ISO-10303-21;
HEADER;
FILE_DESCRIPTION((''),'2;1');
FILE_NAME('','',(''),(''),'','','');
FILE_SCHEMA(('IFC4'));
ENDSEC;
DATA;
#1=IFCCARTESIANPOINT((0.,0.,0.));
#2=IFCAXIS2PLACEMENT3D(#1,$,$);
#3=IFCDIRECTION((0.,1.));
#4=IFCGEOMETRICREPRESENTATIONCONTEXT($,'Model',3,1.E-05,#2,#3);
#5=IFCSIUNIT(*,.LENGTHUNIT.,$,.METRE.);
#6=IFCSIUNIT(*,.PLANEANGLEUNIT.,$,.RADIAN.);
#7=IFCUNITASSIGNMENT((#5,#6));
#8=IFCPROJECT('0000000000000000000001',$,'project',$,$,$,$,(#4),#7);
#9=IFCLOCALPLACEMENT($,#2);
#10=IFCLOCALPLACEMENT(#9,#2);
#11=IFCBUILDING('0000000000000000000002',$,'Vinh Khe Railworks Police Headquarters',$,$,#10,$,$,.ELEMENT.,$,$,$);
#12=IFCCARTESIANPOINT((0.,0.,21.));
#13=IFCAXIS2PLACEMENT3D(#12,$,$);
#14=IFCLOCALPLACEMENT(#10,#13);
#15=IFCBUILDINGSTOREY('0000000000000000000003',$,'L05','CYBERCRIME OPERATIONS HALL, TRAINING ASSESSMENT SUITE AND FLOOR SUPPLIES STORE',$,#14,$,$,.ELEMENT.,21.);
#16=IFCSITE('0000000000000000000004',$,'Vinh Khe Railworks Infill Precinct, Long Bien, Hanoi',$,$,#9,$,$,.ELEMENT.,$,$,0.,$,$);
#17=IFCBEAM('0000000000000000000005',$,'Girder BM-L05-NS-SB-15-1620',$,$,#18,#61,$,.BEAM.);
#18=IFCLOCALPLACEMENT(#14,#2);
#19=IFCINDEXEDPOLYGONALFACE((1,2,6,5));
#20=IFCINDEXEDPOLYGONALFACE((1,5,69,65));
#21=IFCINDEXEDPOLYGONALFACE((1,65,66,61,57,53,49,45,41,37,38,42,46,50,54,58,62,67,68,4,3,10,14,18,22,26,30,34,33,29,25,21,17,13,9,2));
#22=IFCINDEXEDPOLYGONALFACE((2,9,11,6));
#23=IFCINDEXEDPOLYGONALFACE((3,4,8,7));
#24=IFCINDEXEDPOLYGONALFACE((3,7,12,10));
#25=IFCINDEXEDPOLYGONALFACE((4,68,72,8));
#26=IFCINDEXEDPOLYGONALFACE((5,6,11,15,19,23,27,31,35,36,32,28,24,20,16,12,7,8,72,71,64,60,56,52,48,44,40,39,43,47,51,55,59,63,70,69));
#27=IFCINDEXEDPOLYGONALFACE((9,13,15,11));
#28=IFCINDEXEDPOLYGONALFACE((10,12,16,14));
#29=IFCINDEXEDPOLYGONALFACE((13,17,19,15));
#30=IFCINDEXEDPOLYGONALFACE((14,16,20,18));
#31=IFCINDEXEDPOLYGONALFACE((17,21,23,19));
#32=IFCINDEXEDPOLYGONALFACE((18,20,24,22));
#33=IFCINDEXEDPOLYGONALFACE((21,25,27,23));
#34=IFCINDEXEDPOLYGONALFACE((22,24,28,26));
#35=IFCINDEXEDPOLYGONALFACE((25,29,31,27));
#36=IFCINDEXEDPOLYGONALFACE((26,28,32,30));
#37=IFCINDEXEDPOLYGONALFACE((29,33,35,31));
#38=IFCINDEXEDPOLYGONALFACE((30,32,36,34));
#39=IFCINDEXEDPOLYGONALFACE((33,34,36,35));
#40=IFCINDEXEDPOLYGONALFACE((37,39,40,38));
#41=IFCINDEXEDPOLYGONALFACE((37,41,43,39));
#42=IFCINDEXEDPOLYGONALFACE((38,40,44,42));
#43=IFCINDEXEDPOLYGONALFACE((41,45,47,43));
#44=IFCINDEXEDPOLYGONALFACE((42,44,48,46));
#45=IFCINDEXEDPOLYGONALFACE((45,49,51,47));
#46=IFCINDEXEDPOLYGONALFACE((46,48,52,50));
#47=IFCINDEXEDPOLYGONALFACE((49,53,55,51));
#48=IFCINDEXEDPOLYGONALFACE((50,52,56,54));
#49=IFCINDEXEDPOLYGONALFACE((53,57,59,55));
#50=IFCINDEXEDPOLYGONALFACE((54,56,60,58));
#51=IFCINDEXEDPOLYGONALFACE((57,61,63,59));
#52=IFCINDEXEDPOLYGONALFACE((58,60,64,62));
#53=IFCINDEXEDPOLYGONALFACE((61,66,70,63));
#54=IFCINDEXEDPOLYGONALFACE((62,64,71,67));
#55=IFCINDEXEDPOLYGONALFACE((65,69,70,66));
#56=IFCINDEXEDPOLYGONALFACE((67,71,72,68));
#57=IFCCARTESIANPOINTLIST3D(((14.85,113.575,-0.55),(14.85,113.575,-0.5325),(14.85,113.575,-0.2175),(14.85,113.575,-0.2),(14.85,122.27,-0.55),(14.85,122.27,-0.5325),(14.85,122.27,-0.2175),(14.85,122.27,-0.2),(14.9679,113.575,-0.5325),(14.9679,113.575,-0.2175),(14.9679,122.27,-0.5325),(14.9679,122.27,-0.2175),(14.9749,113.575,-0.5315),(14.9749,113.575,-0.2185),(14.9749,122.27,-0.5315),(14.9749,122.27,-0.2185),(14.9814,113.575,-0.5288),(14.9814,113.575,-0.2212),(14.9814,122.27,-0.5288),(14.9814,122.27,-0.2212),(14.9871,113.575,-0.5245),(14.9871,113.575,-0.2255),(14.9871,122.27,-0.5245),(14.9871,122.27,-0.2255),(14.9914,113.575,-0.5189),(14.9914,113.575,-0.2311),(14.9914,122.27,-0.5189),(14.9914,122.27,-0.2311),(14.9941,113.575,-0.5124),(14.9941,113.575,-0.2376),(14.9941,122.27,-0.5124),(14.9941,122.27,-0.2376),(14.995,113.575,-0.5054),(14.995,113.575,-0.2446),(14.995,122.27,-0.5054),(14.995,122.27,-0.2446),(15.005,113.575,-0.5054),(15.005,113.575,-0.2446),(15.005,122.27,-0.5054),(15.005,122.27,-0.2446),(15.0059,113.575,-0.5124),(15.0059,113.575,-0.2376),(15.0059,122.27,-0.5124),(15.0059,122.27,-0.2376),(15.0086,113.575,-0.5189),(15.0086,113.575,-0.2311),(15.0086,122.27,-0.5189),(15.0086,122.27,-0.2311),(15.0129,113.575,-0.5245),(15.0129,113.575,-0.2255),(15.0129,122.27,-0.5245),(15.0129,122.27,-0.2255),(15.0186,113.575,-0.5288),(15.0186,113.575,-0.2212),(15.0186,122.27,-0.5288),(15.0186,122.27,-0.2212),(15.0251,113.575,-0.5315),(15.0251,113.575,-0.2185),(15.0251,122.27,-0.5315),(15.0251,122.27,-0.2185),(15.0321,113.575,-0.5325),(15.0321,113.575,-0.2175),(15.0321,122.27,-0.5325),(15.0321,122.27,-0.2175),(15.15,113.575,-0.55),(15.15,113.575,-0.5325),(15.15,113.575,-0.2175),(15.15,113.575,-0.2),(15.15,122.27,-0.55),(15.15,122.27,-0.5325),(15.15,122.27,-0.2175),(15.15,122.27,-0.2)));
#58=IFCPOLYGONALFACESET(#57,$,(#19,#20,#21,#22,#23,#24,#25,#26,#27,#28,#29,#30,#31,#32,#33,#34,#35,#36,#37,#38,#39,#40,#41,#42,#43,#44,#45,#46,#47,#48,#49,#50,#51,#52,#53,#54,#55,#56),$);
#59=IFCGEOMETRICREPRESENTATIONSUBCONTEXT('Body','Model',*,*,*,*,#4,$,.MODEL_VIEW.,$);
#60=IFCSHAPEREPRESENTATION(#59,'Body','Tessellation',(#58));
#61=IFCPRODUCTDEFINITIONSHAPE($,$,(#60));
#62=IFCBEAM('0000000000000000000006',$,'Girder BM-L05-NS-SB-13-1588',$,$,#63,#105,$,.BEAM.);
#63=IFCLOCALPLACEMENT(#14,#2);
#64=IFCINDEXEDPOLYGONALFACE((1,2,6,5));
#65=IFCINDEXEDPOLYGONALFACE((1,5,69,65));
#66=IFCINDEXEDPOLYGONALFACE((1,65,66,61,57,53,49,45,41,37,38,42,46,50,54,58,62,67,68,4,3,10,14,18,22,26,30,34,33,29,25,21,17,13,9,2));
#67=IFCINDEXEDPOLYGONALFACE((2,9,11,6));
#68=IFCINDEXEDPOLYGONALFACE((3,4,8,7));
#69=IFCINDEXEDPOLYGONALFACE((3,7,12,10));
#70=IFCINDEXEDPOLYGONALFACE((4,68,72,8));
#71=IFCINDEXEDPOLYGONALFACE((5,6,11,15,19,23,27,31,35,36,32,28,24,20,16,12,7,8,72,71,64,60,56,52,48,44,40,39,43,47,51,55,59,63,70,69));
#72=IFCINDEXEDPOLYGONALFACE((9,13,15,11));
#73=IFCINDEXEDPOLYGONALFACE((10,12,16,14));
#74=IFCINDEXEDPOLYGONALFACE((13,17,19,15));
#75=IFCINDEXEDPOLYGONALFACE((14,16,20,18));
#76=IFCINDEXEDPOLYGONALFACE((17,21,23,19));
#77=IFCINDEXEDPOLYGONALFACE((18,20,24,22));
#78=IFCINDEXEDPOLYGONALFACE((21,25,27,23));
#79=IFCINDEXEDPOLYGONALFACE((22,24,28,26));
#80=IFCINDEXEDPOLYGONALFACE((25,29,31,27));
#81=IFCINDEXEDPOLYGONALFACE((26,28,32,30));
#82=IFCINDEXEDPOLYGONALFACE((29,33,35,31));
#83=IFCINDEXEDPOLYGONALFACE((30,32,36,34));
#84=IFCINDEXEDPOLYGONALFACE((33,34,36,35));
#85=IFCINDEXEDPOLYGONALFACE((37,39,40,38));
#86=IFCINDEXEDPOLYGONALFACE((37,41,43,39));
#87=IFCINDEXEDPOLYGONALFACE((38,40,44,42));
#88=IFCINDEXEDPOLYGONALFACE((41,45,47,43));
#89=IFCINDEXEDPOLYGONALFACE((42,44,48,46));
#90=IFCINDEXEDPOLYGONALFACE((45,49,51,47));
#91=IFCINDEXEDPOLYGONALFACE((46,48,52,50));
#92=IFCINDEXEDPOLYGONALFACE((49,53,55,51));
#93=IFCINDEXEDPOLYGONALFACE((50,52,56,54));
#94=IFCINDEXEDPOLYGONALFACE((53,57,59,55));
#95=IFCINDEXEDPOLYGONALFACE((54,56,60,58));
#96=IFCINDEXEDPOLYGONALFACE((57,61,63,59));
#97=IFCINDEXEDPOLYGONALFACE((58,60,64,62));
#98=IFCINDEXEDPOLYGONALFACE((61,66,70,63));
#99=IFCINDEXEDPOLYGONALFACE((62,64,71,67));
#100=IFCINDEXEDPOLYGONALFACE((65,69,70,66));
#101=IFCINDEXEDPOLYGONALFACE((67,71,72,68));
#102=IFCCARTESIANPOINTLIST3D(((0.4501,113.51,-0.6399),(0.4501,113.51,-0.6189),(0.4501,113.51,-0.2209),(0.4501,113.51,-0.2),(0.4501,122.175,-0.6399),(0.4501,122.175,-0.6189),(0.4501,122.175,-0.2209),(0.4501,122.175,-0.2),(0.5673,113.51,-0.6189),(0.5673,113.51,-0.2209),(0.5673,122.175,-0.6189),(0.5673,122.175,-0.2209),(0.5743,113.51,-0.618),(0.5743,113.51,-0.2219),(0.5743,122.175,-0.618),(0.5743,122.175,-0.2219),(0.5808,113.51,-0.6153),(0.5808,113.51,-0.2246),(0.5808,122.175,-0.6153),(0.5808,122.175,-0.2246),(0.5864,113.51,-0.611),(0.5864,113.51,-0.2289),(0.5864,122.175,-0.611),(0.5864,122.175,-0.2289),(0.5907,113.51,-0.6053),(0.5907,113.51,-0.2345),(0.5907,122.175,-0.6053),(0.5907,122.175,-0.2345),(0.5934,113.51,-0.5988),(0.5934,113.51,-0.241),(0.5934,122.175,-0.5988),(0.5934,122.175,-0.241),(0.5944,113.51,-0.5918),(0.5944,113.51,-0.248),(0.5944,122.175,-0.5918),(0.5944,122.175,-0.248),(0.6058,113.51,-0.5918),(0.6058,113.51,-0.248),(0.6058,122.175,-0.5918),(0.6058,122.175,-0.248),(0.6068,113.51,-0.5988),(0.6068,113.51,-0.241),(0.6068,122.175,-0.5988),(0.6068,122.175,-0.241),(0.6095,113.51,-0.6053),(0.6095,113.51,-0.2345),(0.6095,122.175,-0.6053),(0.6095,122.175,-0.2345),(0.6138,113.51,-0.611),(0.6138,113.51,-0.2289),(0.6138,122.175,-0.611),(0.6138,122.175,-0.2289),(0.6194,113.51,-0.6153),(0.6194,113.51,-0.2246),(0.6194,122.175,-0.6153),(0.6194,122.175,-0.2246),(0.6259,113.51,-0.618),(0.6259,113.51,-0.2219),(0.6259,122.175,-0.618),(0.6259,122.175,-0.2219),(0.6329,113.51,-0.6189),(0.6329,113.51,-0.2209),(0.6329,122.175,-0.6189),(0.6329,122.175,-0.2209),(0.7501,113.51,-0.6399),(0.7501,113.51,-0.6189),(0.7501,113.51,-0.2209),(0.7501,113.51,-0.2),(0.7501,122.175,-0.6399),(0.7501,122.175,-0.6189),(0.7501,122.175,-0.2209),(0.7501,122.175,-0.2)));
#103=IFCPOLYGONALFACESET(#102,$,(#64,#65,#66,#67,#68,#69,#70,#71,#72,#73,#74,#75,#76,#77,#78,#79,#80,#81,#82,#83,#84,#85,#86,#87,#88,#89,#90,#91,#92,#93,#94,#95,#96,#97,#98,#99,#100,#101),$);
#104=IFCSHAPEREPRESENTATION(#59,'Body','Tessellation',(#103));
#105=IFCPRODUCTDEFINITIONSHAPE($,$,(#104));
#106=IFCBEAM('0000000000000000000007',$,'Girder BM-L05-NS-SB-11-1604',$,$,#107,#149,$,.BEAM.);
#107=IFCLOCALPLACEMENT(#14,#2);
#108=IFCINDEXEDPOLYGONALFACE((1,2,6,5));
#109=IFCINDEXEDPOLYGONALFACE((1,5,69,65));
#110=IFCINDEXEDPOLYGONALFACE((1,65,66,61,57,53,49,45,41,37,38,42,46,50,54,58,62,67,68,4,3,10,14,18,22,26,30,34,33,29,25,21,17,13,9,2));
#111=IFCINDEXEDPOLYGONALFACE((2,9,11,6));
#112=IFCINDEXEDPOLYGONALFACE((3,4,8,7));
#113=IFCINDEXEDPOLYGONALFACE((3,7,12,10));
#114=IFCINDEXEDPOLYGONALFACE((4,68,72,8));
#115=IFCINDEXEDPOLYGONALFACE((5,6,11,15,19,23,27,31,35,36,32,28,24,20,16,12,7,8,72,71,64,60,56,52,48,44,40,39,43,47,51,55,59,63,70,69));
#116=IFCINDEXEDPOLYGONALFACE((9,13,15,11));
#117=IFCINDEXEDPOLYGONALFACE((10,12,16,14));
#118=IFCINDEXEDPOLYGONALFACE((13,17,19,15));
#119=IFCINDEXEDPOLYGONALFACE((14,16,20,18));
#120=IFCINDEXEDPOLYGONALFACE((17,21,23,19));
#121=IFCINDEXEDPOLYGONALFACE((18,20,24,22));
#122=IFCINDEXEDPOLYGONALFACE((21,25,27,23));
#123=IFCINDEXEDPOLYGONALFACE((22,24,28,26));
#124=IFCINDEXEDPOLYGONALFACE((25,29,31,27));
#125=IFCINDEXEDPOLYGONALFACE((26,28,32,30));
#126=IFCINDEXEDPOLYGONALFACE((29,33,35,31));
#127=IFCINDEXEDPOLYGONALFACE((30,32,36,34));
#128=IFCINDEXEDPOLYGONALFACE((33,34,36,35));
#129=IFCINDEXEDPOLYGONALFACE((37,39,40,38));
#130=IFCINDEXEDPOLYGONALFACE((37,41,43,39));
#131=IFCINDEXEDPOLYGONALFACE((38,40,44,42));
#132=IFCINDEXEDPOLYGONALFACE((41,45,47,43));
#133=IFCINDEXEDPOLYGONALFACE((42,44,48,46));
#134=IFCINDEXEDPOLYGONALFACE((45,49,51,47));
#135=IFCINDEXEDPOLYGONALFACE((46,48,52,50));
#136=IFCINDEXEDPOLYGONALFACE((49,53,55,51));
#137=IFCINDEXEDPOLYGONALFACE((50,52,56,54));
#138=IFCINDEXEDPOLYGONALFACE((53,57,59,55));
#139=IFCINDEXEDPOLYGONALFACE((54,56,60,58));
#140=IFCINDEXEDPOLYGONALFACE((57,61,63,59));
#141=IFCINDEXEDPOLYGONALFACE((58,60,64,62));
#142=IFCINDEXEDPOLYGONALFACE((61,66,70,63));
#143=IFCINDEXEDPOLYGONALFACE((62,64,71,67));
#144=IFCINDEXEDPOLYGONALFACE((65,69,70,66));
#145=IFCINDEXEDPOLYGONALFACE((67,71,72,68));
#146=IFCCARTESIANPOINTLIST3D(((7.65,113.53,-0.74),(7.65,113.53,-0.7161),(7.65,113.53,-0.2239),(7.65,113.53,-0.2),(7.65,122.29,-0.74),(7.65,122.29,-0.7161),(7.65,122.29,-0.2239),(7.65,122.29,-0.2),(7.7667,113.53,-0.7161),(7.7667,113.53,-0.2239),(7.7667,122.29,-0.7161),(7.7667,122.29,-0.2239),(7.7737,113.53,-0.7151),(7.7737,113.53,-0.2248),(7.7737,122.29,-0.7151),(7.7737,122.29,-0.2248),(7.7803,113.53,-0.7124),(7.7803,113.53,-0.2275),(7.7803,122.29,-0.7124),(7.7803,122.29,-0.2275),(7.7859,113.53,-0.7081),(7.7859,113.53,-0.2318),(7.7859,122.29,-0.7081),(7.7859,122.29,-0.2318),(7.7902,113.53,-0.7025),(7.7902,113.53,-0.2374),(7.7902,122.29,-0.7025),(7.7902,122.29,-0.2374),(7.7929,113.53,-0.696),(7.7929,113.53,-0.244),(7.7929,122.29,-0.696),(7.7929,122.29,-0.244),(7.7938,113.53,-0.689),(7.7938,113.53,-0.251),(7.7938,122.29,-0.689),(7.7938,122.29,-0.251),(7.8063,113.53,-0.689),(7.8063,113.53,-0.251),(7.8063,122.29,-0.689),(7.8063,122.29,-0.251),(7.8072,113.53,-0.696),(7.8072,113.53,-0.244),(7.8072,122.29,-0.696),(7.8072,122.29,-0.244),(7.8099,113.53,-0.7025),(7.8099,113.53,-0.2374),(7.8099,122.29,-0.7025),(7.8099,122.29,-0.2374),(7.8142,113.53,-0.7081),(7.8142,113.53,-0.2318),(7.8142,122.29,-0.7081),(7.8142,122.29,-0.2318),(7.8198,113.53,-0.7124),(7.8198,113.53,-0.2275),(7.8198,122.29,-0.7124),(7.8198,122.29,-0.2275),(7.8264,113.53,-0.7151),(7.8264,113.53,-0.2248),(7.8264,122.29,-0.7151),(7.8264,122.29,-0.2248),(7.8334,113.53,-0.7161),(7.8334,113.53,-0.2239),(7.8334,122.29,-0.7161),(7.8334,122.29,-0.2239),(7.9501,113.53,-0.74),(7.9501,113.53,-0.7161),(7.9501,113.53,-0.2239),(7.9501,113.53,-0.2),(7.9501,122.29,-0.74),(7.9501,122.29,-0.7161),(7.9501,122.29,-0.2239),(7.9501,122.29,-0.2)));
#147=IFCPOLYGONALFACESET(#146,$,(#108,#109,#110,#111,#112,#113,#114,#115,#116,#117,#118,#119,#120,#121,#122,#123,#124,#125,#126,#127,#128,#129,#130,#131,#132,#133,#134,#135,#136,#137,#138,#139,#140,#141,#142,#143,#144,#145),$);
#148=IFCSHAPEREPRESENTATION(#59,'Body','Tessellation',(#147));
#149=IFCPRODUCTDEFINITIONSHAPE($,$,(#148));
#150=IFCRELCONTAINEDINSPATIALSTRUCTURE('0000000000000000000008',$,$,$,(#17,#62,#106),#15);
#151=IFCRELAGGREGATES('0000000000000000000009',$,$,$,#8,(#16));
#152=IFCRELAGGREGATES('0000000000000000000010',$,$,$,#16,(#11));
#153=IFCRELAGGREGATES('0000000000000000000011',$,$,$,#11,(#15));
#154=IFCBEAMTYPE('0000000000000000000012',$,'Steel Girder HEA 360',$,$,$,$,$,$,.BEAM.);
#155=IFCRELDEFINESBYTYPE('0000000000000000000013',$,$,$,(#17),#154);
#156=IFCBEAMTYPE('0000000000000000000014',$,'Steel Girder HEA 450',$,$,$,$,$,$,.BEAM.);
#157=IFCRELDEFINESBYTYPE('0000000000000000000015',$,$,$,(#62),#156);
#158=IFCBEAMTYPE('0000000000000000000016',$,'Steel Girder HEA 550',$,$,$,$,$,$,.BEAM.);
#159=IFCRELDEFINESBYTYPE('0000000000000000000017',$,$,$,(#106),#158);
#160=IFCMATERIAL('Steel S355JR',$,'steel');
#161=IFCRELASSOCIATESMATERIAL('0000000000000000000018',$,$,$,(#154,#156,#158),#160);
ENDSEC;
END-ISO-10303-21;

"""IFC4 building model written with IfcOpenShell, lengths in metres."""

from ifc_helpers import new_model, si_unit, direction, frame, origin, origin_2d, place, context, subcontext, project, spatial, i_section, extrude, material, material_profile, profile_set, type_object, element, save


model = new_model("IFC4")

# Units and contexts
model_context = context("Model", 3, precision=1e-05, world=origin(), true_north=direction((0.0, 1.0)))
body_context = subcontext(model_context, "Body", "Model", "MODEL_VIEW")
ifc_project = project(units=[si_unit("LENGTHUNIT", "METRE"), si_unit("PLANEANGLEUNIT", "RADIAN")], contexts=[model_context])

# Site, building, storey
site_placement = place(None, origin())
site = spatial("IfcSite", under=ifc_project, at=site_placement, Name="Vinh Khe Railworks Infill Precinct, Long Bien, Hanoi", CompositionType="ELEMENT", RefElevation=0.0)
building_placement = place(site_placement, origin())
building = spatial("IfcBuilding", under=site, at=building_placement, Name="Vinh Khe Railworks Police Headquarters", CompositionType="ELEMENT")
storey_placement = place(building_placement, frame((0.0, 0.0, 21.0)))
storey = spatial("IfcBuildingStorey", under=building, at=storey_placement, Name="L05", Description="CYBERCRIME OPERATIONS HALL, TRAINING ASSESSMENT SUITE AND FLOOR SUPPLIES STORE", CompositionType="ELEMENT", Elevation=21.0)

# Shared definitions
ifc_material_1 = material(Name="Steel S355JR", Category="steel")

# Beams
ifc_material_profile_1 = material_profile(ifc_material_1, i_section(OverallWidth=0.3, OverallDepth=0.3501, WebThickness=0.01, FlangeThickness=0.0176, FilletRadius=0.0271, at=origin_2d()), Name="HEA 360")
ifc_profile_set_1 = profile_set([ifc_material_profile_1], Name="Steel S355JR")
beam_type_1 = type_object("IfcBeamType", Name="Steel Girder HEA 360", PredefinedType="BEAM", material=ifc_profile_set_1)
beam_1_placement = place(storey_placement, frame((15.0, 113.575, -0.375), z_axis=(0.0, 1.0, 0.0), x_axis=(-1.0, 0.0, 0.0)))
element("IfcBeam", 1, at=beam_1_placement, inside=storey, type_object=beam_type_1, Name="Girder BM-L05-NS-SB-15-1620", PredefinedType="BEAM", context=body_context, shape_type="SweptSolid", body=[
    extrude(i_section(OverallWidth=0.3, OverallDepth=0.3501, WebThickness=0.01, FlangeThickness=0.0176, FilletRadius=0.0271, at=origin_2d()), origin(), (0.0, 0.0, 1.0), 8.6951),
])
ifc_material_profile_2 = material_profile(ifc_material_1, i_section(OverallWidth=0.3, OverallDepth=0.4399, WebThickness=0.0115, FlangeThickness=0.021, FilletRadius=0.0271, at=origin_2d()), Name="HEA 450")
ifc_profile_set_2 = profile_set([ifc_material_profile_2], Name="Steel S355JR")
beam_type_2 = type_object("IfcBeamType", Name="Steel Girder HEA 450", PredefinedType="BEAM", material=ifc_profile_set_2)
beam_2_placement = place(storey_placement, frame((0.6001, 113.51, -0.4199), z_axis=(0.0, 1.0, 0.0), x_axis=(-1.0, 0.0, 0.0)))
element("IfcBeam", 2, at=beam_2_placement, inside=storey, type_object=beam_type_2, Name="Girder BM-L05-NS-SB-13-1588", PredefinedType="BEAM", context=body_context, shape_type="SweptSolid", body=[
    extrude(i_section(OverallWidth=0.3, OverallDepth=0.4399, WebThickness=0.0115, FlangeThickness=0.021, FilletRadius=0.0271, at=origin_2d()), origin(), (0.0, 0.0, 1.0), 8.665),
])
ifc_material_profile_3 = material_profile(ifc_material_1, i_section(OverallWidth=0.3, OverallDepth=0.54, WebThickness=0.0125, FlangeThickness=0.0239, FilletRadius=0.0271, at=origin_2d()), Name="HEA 550")
ifc_profile_set_3 = profile_set([ifc_material_profile_3], Name="Steel S355JR")
beam_type_3 = type_object("IfcBeamType", Name="Steel Girder HEA 550", PredefinedType="BEAM", material=ifc_profile_set_3)
beam_3_placement = place(storey_placement, frame((7.8, 113.53, -0.47), z_axis=(0.0, 1.0, 0.0), x_axis=(-1.0, 0.0, 0.0)))
element("IfcBeam", 3, at=beam_3_placement, inside=storey, type_object=beam_type_3, Name="Girder BM-L05-NS-SB-11-1604", PredefinedType="BEAM", context=body_context, shape_type="SweptSolid", body=[
    extrude(i_section(OverallWidth=0.3, OverallDepth=0.54, WebThickness=0.0125, FlangeThickness=0.0239, FilletRadius=0.0271, at=origin_2d()), origin(), (0.0, 0.0, 1.0), 8.76),
])

save(model, "model.ifc")
